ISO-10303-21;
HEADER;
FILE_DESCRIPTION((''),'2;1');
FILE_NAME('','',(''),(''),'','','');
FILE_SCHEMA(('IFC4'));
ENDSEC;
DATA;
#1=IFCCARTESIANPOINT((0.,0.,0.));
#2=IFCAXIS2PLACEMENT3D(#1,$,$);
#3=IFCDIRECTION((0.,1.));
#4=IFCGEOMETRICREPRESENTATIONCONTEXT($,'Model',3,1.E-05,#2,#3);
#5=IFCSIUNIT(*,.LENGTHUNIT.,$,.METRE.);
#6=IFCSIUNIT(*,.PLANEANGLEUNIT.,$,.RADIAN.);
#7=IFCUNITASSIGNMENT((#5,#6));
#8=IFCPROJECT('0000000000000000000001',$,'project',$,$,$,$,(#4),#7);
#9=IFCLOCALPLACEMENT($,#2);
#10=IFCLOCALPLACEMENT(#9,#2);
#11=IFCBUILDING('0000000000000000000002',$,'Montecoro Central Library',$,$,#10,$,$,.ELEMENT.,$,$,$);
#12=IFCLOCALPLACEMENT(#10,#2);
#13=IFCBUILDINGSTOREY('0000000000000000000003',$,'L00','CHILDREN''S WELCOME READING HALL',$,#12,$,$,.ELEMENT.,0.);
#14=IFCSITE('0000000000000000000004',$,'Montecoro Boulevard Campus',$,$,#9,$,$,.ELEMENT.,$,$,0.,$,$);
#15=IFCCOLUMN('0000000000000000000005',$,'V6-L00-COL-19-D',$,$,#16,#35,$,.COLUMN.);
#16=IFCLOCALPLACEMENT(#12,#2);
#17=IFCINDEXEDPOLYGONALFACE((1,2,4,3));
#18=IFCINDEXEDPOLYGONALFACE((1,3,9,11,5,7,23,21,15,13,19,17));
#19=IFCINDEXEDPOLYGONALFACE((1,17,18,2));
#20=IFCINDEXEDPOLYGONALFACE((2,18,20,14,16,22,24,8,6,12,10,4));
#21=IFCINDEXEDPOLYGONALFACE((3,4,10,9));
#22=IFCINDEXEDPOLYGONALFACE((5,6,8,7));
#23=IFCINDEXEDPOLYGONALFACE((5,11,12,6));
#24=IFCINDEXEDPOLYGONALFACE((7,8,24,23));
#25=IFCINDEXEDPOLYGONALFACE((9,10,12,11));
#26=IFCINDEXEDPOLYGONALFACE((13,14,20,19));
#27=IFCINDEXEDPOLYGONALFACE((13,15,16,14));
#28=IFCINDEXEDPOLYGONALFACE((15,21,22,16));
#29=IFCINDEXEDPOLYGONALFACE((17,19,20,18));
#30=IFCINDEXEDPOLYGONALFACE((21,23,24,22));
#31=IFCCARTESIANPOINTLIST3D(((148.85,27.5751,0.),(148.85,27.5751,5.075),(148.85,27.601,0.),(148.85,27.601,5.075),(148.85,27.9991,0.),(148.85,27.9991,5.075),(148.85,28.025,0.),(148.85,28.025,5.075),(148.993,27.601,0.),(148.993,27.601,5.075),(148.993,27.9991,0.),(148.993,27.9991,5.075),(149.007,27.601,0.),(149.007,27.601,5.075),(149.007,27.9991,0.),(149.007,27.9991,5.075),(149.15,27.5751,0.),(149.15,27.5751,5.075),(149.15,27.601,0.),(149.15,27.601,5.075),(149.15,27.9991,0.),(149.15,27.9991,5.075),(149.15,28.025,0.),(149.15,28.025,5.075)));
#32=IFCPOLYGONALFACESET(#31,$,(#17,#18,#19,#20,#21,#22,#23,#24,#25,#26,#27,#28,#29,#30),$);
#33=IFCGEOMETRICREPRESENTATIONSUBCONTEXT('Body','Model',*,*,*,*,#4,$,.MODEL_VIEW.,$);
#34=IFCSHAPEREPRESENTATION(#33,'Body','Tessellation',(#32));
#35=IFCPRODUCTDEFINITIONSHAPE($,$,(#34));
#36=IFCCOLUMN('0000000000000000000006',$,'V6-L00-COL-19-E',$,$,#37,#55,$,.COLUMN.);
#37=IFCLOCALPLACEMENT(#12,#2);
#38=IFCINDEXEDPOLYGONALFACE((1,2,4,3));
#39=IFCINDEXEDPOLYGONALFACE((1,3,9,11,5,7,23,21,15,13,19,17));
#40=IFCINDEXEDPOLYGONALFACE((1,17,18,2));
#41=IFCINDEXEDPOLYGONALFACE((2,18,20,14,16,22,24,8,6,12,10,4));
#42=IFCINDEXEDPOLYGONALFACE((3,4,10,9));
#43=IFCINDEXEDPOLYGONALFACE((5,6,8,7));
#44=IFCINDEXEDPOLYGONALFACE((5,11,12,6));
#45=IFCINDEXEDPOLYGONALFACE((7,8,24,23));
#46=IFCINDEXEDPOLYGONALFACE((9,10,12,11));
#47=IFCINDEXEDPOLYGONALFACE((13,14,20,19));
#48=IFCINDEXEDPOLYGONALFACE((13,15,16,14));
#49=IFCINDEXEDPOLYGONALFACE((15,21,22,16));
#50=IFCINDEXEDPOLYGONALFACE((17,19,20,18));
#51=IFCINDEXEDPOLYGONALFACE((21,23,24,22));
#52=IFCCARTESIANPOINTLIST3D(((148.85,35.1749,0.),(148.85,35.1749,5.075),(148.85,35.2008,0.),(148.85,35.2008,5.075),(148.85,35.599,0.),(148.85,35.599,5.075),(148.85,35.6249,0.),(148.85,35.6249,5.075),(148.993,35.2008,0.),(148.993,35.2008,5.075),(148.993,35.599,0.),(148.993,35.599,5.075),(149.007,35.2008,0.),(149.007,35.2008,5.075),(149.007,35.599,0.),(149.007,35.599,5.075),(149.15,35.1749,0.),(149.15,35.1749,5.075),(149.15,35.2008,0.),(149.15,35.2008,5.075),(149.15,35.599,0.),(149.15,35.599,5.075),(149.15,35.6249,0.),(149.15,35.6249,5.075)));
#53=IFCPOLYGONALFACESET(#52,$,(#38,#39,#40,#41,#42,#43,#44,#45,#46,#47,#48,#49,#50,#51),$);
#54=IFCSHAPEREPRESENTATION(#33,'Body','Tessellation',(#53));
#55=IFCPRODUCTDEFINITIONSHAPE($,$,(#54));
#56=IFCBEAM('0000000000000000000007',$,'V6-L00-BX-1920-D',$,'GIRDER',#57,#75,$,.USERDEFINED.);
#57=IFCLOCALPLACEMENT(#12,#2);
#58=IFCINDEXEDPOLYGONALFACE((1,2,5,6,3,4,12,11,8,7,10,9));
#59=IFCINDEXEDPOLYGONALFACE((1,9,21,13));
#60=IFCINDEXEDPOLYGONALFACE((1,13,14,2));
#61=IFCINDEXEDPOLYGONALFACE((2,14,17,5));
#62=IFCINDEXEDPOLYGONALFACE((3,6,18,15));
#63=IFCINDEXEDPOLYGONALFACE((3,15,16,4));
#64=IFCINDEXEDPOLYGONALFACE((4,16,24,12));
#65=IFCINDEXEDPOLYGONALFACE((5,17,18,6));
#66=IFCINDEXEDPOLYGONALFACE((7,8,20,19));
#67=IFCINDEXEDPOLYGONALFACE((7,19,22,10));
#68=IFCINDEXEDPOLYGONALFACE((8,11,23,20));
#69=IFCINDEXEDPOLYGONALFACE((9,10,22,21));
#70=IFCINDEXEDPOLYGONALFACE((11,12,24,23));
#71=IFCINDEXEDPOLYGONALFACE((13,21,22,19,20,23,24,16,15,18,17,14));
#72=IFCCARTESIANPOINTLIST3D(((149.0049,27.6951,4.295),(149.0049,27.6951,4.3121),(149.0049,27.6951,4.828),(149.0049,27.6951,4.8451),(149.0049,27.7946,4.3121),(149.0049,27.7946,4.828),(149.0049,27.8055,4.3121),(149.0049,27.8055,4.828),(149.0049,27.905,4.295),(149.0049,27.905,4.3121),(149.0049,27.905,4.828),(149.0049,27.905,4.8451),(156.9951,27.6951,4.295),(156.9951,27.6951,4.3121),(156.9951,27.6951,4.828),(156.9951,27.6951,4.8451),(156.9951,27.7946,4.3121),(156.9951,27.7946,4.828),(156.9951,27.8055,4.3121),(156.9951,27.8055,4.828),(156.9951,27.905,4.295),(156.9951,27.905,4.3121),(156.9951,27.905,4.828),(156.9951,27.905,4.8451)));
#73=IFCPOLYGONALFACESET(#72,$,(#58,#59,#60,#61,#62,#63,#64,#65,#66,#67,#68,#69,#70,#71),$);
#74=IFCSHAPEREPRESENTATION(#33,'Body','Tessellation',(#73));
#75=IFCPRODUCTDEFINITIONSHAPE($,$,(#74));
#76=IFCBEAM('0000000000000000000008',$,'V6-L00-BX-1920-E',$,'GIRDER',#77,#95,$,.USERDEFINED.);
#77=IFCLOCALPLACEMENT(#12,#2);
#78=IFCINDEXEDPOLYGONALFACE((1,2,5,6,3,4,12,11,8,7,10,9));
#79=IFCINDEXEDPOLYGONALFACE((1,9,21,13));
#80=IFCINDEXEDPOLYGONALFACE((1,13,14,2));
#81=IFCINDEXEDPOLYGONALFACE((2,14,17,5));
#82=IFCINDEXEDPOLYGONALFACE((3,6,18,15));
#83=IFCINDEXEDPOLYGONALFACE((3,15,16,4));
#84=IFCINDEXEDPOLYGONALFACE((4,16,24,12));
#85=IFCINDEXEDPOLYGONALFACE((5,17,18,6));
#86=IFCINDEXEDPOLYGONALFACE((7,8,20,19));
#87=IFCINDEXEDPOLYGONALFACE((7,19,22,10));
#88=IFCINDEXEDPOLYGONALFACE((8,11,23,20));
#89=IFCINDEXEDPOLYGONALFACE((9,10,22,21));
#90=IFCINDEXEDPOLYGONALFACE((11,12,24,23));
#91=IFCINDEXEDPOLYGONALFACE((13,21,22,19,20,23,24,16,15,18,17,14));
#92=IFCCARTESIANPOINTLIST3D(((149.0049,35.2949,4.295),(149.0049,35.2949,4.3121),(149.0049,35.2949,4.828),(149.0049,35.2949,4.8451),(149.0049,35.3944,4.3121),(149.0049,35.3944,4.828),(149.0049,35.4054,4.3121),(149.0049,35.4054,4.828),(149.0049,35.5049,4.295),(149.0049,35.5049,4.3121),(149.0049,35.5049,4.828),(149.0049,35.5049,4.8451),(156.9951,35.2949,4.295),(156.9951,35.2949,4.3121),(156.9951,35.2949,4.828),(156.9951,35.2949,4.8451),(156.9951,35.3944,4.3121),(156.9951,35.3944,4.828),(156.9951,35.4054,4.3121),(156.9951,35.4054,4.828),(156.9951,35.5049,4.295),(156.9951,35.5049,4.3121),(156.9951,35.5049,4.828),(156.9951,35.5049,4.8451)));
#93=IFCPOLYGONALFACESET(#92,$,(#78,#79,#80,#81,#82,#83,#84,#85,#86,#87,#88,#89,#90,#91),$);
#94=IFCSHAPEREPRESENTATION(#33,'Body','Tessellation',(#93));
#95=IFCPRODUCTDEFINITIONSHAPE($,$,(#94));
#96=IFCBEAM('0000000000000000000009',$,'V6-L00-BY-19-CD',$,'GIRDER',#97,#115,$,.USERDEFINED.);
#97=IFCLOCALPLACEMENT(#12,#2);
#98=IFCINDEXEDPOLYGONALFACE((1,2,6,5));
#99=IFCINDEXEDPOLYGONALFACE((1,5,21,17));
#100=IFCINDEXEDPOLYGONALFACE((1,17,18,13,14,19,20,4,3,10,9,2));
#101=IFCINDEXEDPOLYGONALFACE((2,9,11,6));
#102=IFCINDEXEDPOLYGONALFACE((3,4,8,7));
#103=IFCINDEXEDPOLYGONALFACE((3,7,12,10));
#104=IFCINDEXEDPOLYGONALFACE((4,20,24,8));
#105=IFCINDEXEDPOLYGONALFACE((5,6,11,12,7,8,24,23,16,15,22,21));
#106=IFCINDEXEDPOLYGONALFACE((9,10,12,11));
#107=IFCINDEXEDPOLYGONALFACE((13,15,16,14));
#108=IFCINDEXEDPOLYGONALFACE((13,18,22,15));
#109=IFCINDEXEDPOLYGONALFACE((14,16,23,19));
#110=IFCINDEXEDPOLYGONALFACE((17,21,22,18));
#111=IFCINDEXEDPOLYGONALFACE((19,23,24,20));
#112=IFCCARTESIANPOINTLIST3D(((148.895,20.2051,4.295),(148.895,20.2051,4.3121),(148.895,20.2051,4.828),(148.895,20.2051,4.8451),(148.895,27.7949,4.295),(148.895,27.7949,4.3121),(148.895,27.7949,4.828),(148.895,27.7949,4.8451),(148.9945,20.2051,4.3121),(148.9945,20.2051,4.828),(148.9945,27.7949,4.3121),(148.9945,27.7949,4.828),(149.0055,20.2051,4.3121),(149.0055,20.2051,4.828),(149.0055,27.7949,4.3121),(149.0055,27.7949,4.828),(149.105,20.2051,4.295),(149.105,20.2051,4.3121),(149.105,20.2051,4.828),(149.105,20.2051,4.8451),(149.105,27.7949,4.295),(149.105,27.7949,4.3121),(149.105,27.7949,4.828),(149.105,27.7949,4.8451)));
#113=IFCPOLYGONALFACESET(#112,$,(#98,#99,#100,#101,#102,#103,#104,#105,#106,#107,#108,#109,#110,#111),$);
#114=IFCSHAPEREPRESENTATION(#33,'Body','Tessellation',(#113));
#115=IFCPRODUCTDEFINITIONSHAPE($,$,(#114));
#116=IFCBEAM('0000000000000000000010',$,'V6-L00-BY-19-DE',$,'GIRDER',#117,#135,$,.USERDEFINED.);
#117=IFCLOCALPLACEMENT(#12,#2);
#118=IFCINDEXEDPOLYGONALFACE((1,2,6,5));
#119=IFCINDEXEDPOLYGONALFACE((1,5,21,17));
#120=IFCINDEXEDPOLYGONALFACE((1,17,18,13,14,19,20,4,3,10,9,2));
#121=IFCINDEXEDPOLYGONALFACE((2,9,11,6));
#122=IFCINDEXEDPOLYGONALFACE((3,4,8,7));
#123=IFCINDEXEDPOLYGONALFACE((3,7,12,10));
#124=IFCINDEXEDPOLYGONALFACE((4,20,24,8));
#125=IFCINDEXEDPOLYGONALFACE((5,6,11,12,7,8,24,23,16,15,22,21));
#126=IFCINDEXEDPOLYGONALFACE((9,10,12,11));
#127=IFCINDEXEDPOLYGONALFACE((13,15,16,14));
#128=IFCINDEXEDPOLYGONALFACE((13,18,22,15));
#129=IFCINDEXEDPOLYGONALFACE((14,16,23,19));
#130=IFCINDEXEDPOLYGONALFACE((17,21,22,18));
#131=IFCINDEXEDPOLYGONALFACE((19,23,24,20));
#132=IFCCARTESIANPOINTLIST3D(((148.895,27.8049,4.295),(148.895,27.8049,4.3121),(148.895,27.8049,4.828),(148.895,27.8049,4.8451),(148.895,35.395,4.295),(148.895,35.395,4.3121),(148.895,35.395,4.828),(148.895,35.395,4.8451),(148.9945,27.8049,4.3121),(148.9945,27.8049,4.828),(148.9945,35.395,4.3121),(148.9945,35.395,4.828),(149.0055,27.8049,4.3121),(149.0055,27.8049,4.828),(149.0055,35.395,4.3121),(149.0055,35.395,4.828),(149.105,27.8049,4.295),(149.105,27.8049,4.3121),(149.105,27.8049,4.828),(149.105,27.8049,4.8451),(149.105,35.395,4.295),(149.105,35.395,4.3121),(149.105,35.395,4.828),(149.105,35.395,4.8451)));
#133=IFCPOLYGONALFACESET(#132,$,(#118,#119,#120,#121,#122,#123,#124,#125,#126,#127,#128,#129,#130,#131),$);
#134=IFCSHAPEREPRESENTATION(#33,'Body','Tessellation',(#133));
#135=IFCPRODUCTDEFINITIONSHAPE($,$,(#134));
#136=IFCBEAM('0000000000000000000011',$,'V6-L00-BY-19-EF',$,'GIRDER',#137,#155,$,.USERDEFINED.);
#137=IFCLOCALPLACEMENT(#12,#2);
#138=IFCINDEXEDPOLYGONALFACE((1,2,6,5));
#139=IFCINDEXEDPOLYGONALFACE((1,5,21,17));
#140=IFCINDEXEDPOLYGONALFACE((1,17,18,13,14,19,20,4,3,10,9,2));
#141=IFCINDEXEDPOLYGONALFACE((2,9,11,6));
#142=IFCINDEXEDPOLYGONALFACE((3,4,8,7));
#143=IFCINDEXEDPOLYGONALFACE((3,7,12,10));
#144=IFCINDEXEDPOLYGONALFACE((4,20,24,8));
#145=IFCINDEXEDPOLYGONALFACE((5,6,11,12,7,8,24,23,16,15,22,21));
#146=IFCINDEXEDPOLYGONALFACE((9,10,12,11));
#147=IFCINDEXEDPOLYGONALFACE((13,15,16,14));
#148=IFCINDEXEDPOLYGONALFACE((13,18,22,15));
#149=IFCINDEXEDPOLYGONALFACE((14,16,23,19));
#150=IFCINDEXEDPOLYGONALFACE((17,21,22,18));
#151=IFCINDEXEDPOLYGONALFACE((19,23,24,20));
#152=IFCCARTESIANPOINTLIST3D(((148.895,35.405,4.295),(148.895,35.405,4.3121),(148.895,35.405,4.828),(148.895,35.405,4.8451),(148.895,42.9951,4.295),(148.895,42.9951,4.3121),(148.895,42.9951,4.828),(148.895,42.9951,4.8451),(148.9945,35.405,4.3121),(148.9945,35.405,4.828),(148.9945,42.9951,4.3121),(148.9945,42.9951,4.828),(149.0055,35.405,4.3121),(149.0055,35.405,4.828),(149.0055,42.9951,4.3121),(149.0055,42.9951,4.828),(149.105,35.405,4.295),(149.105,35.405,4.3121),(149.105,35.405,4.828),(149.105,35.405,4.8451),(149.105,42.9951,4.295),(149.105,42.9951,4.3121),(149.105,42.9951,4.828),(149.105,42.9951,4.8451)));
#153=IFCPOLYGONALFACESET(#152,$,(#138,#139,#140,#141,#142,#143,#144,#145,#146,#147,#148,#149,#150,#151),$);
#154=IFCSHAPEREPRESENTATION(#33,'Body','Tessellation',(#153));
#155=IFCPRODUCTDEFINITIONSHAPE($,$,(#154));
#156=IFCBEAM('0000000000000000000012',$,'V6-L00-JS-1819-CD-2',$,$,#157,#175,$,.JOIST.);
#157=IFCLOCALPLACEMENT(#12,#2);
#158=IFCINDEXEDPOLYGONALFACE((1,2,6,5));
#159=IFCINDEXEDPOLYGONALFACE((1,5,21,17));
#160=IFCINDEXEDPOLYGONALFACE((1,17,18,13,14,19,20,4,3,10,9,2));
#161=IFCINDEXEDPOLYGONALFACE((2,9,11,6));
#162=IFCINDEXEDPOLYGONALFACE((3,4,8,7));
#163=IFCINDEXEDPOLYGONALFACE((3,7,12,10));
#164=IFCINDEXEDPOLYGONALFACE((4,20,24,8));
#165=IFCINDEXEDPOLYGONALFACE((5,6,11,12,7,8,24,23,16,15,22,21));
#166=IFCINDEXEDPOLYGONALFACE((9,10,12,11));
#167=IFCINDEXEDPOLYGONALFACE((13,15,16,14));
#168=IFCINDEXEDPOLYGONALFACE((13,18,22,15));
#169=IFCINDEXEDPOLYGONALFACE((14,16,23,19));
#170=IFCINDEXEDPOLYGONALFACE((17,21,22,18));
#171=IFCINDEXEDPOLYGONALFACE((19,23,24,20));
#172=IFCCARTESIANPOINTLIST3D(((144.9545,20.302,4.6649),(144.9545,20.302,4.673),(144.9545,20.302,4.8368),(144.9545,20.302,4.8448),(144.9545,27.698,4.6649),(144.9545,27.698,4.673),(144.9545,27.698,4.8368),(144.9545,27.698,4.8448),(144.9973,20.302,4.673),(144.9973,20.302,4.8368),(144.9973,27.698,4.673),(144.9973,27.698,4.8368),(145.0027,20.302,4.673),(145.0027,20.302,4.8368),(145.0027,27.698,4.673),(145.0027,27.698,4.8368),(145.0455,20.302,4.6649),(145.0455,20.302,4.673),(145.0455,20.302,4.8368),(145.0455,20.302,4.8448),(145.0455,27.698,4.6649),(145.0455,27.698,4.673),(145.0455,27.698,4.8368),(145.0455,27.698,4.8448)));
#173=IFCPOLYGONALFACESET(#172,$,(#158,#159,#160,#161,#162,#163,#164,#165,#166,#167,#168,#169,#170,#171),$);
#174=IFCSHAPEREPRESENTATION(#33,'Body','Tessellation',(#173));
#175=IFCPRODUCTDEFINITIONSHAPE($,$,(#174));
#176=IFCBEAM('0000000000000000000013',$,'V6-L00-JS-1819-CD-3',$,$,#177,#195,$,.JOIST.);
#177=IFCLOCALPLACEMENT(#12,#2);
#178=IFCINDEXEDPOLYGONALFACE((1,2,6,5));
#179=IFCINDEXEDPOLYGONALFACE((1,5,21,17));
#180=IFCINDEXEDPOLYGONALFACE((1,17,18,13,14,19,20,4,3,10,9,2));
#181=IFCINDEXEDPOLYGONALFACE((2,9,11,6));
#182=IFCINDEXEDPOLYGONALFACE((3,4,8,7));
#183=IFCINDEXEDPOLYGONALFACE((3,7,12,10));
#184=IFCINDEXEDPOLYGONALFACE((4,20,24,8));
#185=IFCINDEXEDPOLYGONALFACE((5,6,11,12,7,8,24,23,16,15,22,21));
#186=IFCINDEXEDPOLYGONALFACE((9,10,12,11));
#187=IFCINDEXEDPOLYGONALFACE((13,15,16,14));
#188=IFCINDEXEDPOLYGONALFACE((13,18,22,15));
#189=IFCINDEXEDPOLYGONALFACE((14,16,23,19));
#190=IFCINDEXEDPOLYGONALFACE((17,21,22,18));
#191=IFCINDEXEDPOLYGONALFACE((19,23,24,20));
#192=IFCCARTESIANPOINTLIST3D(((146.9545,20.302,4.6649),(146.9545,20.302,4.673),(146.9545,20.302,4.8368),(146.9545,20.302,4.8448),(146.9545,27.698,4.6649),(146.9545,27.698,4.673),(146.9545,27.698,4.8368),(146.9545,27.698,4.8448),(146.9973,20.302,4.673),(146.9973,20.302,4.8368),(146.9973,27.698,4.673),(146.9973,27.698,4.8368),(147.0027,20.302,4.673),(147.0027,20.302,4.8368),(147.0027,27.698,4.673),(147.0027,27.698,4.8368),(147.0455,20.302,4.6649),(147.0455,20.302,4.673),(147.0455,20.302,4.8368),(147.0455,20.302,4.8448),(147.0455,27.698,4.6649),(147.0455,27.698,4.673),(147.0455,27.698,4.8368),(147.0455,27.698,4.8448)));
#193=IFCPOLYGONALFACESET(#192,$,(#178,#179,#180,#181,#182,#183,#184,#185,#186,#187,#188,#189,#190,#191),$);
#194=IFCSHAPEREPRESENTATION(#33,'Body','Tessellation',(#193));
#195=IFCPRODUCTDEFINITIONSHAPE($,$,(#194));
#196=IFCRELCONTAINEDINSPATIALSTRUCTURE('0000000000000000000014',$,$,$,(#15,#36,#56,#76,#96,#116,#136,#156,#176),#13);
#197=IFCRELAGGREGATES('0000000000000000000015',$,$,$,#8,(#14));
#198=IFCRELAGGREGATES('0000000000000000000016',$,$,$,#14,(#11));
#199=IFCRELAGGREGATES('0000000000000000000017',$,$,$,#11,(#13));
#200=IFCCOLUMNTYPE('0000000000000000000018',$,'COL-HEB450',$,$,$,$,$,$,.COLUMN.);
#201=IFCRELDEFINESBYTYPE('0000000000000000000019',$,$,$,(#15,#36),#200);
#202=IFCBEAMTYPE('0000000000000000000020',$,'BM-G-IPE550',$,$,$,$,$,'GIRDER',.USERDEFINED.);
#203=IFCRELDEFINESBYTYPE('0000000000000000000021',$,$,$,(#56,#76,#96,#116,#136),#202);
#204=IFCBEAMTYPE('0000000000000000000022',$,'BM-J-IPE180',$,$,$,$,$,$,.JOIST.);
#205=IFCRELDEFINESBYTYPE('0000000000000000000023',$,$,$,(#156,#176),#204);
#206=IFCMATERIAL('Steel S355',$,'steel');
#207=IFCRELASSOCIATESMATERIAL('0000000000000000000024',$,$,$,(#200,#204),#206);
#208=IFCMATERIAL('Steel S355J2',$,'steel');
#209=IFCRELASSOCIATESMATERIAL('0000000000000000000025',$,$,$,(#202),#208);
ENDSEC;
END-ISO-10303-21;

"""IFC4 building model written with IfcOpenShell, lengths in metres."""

from ifc_helpers import new_model, si_unit, direction, frame, origin, origin_2d, place, context, subcontext, project, spatial, i_section, extrude, material, material_profile, profile_set, type_object, element, save


model = new_model("IFC4")

# Units and contexts
model_context = context("Model", 3, precision=1e-05, world=origin(), true_north=direction((0.0, 1.0)))
body_context = subcontext(model_context, "Body", "Model", "MODEL_VIEW")
ifc_project = project(units=[si_unit("LENGTHUNIT", "METRE"), si_unit("PLANEANGLEUNIT", "RADIAN")], contexts=[model_context])

# Site, building, storey
site_placement = place(None, origin())
site = spatial("IfcSite", under=ifc_project, at=site_placement, Name="Montecoro Boulevard Campus", CompositionType="ELEMENT", RefElevation=0.0)
building_placement = place(site_placement, origin())
building = spatial("IfcBuilding", under=site, at=building_placement, Name="Montecoro Central Library", CompositionType="ELEMENT")
storey_placement = place(building_placement, origin())
storey = spatial("IfcBuildingStorey", under=building, at=storey_placement, Name="L00", Description="CHILDREN'S WELCOME READING HALL", CompositionType="ELEMENT", Elevation=0.0)

# Columns
ifc_material_1 = material(Name="Steel S355", Category="steel")
ifc_material_profile_1 = material_profile(ifc_material_1, i_section(OverallWidth=0.3, OverallDepth=0.45, WebThickness=0.0139, FlangeThickness=0.0259, at=origin_2d()), Name="HEB 450")
ifc_profile_set_1 = profile_set([ifc_material_profile_1], Name="Steel S355")
column_type = type_object("IfcColumnType", Name="COL-HEB450", PredefinedType="COLUMN", material=ifc_profile_set_1)
for number, where, z_axis, x_axis, name in (
    (1, (149.0, 27.8, 0.0), (0.0, 0.0, 1.0), (1.0, 0.0, 0.0), "V6-L00-COL-19-D"),
    (2, (149.0, 35.3999, 0.0), (0.0, 0.0, 1.0), (1.0, 0.0, 0.0), "V6-L00-COL-19-E"),
):
    element("IfcColumn", number, at=place(storey_placement, frame(where, z_axis=z_axis, x_axis=x_axis)), inside=storey, type_object=column_type, Name=name, PredefinedType="COLUMN", context=body_context, shape_type="SweptSolid", body=[
        extrude(i_section(OverallWidth=0.3, OverallDepth=0.45, WebThickness=0.0139, FlangeThickness=0.0259, at=origin_2d()), origin(), (0.0, 0.0, 1.0), 5.075),
    ])

# Beams
ifc_material_2 = material(Name="Steel S355J2", Category="steel")
ifc_material_profile_2 = material_profile(ifc_material_2, i_section(OverallWidth=0.21, OverallDepth=0.55, WebThickness=0.011, FlangeThickness=0.0171, at=origin_2d()), Name="IPE 550")
ifc_profile_set_2 = profile_set([ifc_material_profile_2], Name="Steel S355J2")
beam_type_1 = type_object("IfcBeamType", Name="BM-G-IPE550", ElementType="GIRDER", PredefinedType="USERDEFINED", material=ifc_profile_set_2)
for number, where, z_axis, x_axis, name in (
    (3, (149.0049, 27.8, 4.5701), (1.0, 0.0, 0.0), (0.0, 1.0, 0.0), "V6-L00-BX-1920-D"),
    (4, (149.0049, 35.3999, 4.5701), (1.0, 0.0, 0.0), (0.0, 1.0, 0.0), "V6-L00-BX-1920-E"),
):
    element("IfcBeam", number, at=place(storey_placement, frame(where, z_axis=z_axis, x_axis=x_axis)), inside=storey, type_object=beam_type_1, Name=name, ObjectType="GIRDER", PredefinedType="USERDEFINED", context=body_context, shape_type="SweptSolid", body=[
        extrude(i_section(OverallWidth=0.21, OverallDepth=0.55, WebThickness=0.011, FlangeThickness=0.0171, at=origin_2d()), origin(), (0.0, 0.0, 1.0), 7.9902),
    ])
beam_placement = place(storey_placement, frame((149.0, 20.2051, 4.5701), z_axis=(0.0, 1.0, 0.0), x_axis=(-1.0, 0.0, 0.0)))
element("IfcBeam", 5, at=beam_placement, inside=storey, type_object=beam_type_1, Name="V6-L00-BY-19-CD", ObjectType="GIRDER", PredefinedType="USERDEFINED", context=body_context, shape_type="SweptSolid", body=[
    extrude(i_section(OverallWidth=0.21, OverallDepth=0.55, WebThickness=0.011, FlangeThickness=0.0171, at=origin_2d()), origin(), (0.0, 0.0, 1.0), 7.5898),
])
for number, where, z_axis, x_axis, name in (
    (6, (149.0, 27.8049, 4.5701), (0.0, 1.0, 0.0), (-1.0, 0.0, 0.0), "V6-L00-BY-19-DE"),
    (7, (149.0, 35.405, 4.5701), (0.0, 1.0, 0.0), (-1.0, 0.0, 0.0), "V6-L00-BY-19-EF"),
):
    element("IfcBeam", number, at=place(storey_placement, frame(where, z_axis=z_axis, x_axis=x_axis)), inside=storey, type_object=beam_type_1, Name=name, ObjectType="GIRDER", PredefinedType="USERDEFINED", context=body_context, shape_type="SweptSolid", body=[
        extrude(i_section(OverallWidth=0.21, OverallDepth=0.55, WebThickness=0.011, FlangeThickness=0.0171, at=origin_2d()), origin(), (0.0, 0.0, 1.0), 7.5901),
    ])
ifc_material_profile_3 = material_profile(ifc_material_1, i_section(OverallWidth=0.0911, OverallDepth=0.1799, WebThickness=0.0054, FlangeThickness=0.0081, at=origin_2d()), Name="IPE 180")
ifc_profile_set_3 = profile_set([ifc_material_profile_3], Name="Steel S355")
beam_type_2 = type_object("IfcBeamType", Name="BM-J-IPE180", PredefinedType="JOIST", material=ifc_profile_set_3)
for number, where, z_axis, x_axis, name in (
    (8, (145.0, 20.302, 4.7549), (0.0, 1.0, 0.0), (-1.0, 0.0, 0.0), "V6-L00-JS-1819-CD-2"),
    (9, (147.0, 20.302, 4.7549), (0.0, 1.0, 0.0), (-1.0, 0.0, 0.0), "V6-L00-JS-1819-CD-3"),
):
    element("IfcBeam", number, at=place(storey_placement, frame(where, z_axis=z_axis, x_axis=x_axis)), inside=storey, type_object=beam_type_2, Name=name, PredefinedType="JOIST", context=body_context, shape_type="SweptSolid", body=[
        extrude(i_section(OverallWidth=0.0911, OverallDepth=0.1799, WebThickness=0.0054, FlangeThickness=0.0081, at=origin_2d()), origin(), (0.0, 0.0, 1.0), 7.396),
    ])

save(model, "model.ifc")
